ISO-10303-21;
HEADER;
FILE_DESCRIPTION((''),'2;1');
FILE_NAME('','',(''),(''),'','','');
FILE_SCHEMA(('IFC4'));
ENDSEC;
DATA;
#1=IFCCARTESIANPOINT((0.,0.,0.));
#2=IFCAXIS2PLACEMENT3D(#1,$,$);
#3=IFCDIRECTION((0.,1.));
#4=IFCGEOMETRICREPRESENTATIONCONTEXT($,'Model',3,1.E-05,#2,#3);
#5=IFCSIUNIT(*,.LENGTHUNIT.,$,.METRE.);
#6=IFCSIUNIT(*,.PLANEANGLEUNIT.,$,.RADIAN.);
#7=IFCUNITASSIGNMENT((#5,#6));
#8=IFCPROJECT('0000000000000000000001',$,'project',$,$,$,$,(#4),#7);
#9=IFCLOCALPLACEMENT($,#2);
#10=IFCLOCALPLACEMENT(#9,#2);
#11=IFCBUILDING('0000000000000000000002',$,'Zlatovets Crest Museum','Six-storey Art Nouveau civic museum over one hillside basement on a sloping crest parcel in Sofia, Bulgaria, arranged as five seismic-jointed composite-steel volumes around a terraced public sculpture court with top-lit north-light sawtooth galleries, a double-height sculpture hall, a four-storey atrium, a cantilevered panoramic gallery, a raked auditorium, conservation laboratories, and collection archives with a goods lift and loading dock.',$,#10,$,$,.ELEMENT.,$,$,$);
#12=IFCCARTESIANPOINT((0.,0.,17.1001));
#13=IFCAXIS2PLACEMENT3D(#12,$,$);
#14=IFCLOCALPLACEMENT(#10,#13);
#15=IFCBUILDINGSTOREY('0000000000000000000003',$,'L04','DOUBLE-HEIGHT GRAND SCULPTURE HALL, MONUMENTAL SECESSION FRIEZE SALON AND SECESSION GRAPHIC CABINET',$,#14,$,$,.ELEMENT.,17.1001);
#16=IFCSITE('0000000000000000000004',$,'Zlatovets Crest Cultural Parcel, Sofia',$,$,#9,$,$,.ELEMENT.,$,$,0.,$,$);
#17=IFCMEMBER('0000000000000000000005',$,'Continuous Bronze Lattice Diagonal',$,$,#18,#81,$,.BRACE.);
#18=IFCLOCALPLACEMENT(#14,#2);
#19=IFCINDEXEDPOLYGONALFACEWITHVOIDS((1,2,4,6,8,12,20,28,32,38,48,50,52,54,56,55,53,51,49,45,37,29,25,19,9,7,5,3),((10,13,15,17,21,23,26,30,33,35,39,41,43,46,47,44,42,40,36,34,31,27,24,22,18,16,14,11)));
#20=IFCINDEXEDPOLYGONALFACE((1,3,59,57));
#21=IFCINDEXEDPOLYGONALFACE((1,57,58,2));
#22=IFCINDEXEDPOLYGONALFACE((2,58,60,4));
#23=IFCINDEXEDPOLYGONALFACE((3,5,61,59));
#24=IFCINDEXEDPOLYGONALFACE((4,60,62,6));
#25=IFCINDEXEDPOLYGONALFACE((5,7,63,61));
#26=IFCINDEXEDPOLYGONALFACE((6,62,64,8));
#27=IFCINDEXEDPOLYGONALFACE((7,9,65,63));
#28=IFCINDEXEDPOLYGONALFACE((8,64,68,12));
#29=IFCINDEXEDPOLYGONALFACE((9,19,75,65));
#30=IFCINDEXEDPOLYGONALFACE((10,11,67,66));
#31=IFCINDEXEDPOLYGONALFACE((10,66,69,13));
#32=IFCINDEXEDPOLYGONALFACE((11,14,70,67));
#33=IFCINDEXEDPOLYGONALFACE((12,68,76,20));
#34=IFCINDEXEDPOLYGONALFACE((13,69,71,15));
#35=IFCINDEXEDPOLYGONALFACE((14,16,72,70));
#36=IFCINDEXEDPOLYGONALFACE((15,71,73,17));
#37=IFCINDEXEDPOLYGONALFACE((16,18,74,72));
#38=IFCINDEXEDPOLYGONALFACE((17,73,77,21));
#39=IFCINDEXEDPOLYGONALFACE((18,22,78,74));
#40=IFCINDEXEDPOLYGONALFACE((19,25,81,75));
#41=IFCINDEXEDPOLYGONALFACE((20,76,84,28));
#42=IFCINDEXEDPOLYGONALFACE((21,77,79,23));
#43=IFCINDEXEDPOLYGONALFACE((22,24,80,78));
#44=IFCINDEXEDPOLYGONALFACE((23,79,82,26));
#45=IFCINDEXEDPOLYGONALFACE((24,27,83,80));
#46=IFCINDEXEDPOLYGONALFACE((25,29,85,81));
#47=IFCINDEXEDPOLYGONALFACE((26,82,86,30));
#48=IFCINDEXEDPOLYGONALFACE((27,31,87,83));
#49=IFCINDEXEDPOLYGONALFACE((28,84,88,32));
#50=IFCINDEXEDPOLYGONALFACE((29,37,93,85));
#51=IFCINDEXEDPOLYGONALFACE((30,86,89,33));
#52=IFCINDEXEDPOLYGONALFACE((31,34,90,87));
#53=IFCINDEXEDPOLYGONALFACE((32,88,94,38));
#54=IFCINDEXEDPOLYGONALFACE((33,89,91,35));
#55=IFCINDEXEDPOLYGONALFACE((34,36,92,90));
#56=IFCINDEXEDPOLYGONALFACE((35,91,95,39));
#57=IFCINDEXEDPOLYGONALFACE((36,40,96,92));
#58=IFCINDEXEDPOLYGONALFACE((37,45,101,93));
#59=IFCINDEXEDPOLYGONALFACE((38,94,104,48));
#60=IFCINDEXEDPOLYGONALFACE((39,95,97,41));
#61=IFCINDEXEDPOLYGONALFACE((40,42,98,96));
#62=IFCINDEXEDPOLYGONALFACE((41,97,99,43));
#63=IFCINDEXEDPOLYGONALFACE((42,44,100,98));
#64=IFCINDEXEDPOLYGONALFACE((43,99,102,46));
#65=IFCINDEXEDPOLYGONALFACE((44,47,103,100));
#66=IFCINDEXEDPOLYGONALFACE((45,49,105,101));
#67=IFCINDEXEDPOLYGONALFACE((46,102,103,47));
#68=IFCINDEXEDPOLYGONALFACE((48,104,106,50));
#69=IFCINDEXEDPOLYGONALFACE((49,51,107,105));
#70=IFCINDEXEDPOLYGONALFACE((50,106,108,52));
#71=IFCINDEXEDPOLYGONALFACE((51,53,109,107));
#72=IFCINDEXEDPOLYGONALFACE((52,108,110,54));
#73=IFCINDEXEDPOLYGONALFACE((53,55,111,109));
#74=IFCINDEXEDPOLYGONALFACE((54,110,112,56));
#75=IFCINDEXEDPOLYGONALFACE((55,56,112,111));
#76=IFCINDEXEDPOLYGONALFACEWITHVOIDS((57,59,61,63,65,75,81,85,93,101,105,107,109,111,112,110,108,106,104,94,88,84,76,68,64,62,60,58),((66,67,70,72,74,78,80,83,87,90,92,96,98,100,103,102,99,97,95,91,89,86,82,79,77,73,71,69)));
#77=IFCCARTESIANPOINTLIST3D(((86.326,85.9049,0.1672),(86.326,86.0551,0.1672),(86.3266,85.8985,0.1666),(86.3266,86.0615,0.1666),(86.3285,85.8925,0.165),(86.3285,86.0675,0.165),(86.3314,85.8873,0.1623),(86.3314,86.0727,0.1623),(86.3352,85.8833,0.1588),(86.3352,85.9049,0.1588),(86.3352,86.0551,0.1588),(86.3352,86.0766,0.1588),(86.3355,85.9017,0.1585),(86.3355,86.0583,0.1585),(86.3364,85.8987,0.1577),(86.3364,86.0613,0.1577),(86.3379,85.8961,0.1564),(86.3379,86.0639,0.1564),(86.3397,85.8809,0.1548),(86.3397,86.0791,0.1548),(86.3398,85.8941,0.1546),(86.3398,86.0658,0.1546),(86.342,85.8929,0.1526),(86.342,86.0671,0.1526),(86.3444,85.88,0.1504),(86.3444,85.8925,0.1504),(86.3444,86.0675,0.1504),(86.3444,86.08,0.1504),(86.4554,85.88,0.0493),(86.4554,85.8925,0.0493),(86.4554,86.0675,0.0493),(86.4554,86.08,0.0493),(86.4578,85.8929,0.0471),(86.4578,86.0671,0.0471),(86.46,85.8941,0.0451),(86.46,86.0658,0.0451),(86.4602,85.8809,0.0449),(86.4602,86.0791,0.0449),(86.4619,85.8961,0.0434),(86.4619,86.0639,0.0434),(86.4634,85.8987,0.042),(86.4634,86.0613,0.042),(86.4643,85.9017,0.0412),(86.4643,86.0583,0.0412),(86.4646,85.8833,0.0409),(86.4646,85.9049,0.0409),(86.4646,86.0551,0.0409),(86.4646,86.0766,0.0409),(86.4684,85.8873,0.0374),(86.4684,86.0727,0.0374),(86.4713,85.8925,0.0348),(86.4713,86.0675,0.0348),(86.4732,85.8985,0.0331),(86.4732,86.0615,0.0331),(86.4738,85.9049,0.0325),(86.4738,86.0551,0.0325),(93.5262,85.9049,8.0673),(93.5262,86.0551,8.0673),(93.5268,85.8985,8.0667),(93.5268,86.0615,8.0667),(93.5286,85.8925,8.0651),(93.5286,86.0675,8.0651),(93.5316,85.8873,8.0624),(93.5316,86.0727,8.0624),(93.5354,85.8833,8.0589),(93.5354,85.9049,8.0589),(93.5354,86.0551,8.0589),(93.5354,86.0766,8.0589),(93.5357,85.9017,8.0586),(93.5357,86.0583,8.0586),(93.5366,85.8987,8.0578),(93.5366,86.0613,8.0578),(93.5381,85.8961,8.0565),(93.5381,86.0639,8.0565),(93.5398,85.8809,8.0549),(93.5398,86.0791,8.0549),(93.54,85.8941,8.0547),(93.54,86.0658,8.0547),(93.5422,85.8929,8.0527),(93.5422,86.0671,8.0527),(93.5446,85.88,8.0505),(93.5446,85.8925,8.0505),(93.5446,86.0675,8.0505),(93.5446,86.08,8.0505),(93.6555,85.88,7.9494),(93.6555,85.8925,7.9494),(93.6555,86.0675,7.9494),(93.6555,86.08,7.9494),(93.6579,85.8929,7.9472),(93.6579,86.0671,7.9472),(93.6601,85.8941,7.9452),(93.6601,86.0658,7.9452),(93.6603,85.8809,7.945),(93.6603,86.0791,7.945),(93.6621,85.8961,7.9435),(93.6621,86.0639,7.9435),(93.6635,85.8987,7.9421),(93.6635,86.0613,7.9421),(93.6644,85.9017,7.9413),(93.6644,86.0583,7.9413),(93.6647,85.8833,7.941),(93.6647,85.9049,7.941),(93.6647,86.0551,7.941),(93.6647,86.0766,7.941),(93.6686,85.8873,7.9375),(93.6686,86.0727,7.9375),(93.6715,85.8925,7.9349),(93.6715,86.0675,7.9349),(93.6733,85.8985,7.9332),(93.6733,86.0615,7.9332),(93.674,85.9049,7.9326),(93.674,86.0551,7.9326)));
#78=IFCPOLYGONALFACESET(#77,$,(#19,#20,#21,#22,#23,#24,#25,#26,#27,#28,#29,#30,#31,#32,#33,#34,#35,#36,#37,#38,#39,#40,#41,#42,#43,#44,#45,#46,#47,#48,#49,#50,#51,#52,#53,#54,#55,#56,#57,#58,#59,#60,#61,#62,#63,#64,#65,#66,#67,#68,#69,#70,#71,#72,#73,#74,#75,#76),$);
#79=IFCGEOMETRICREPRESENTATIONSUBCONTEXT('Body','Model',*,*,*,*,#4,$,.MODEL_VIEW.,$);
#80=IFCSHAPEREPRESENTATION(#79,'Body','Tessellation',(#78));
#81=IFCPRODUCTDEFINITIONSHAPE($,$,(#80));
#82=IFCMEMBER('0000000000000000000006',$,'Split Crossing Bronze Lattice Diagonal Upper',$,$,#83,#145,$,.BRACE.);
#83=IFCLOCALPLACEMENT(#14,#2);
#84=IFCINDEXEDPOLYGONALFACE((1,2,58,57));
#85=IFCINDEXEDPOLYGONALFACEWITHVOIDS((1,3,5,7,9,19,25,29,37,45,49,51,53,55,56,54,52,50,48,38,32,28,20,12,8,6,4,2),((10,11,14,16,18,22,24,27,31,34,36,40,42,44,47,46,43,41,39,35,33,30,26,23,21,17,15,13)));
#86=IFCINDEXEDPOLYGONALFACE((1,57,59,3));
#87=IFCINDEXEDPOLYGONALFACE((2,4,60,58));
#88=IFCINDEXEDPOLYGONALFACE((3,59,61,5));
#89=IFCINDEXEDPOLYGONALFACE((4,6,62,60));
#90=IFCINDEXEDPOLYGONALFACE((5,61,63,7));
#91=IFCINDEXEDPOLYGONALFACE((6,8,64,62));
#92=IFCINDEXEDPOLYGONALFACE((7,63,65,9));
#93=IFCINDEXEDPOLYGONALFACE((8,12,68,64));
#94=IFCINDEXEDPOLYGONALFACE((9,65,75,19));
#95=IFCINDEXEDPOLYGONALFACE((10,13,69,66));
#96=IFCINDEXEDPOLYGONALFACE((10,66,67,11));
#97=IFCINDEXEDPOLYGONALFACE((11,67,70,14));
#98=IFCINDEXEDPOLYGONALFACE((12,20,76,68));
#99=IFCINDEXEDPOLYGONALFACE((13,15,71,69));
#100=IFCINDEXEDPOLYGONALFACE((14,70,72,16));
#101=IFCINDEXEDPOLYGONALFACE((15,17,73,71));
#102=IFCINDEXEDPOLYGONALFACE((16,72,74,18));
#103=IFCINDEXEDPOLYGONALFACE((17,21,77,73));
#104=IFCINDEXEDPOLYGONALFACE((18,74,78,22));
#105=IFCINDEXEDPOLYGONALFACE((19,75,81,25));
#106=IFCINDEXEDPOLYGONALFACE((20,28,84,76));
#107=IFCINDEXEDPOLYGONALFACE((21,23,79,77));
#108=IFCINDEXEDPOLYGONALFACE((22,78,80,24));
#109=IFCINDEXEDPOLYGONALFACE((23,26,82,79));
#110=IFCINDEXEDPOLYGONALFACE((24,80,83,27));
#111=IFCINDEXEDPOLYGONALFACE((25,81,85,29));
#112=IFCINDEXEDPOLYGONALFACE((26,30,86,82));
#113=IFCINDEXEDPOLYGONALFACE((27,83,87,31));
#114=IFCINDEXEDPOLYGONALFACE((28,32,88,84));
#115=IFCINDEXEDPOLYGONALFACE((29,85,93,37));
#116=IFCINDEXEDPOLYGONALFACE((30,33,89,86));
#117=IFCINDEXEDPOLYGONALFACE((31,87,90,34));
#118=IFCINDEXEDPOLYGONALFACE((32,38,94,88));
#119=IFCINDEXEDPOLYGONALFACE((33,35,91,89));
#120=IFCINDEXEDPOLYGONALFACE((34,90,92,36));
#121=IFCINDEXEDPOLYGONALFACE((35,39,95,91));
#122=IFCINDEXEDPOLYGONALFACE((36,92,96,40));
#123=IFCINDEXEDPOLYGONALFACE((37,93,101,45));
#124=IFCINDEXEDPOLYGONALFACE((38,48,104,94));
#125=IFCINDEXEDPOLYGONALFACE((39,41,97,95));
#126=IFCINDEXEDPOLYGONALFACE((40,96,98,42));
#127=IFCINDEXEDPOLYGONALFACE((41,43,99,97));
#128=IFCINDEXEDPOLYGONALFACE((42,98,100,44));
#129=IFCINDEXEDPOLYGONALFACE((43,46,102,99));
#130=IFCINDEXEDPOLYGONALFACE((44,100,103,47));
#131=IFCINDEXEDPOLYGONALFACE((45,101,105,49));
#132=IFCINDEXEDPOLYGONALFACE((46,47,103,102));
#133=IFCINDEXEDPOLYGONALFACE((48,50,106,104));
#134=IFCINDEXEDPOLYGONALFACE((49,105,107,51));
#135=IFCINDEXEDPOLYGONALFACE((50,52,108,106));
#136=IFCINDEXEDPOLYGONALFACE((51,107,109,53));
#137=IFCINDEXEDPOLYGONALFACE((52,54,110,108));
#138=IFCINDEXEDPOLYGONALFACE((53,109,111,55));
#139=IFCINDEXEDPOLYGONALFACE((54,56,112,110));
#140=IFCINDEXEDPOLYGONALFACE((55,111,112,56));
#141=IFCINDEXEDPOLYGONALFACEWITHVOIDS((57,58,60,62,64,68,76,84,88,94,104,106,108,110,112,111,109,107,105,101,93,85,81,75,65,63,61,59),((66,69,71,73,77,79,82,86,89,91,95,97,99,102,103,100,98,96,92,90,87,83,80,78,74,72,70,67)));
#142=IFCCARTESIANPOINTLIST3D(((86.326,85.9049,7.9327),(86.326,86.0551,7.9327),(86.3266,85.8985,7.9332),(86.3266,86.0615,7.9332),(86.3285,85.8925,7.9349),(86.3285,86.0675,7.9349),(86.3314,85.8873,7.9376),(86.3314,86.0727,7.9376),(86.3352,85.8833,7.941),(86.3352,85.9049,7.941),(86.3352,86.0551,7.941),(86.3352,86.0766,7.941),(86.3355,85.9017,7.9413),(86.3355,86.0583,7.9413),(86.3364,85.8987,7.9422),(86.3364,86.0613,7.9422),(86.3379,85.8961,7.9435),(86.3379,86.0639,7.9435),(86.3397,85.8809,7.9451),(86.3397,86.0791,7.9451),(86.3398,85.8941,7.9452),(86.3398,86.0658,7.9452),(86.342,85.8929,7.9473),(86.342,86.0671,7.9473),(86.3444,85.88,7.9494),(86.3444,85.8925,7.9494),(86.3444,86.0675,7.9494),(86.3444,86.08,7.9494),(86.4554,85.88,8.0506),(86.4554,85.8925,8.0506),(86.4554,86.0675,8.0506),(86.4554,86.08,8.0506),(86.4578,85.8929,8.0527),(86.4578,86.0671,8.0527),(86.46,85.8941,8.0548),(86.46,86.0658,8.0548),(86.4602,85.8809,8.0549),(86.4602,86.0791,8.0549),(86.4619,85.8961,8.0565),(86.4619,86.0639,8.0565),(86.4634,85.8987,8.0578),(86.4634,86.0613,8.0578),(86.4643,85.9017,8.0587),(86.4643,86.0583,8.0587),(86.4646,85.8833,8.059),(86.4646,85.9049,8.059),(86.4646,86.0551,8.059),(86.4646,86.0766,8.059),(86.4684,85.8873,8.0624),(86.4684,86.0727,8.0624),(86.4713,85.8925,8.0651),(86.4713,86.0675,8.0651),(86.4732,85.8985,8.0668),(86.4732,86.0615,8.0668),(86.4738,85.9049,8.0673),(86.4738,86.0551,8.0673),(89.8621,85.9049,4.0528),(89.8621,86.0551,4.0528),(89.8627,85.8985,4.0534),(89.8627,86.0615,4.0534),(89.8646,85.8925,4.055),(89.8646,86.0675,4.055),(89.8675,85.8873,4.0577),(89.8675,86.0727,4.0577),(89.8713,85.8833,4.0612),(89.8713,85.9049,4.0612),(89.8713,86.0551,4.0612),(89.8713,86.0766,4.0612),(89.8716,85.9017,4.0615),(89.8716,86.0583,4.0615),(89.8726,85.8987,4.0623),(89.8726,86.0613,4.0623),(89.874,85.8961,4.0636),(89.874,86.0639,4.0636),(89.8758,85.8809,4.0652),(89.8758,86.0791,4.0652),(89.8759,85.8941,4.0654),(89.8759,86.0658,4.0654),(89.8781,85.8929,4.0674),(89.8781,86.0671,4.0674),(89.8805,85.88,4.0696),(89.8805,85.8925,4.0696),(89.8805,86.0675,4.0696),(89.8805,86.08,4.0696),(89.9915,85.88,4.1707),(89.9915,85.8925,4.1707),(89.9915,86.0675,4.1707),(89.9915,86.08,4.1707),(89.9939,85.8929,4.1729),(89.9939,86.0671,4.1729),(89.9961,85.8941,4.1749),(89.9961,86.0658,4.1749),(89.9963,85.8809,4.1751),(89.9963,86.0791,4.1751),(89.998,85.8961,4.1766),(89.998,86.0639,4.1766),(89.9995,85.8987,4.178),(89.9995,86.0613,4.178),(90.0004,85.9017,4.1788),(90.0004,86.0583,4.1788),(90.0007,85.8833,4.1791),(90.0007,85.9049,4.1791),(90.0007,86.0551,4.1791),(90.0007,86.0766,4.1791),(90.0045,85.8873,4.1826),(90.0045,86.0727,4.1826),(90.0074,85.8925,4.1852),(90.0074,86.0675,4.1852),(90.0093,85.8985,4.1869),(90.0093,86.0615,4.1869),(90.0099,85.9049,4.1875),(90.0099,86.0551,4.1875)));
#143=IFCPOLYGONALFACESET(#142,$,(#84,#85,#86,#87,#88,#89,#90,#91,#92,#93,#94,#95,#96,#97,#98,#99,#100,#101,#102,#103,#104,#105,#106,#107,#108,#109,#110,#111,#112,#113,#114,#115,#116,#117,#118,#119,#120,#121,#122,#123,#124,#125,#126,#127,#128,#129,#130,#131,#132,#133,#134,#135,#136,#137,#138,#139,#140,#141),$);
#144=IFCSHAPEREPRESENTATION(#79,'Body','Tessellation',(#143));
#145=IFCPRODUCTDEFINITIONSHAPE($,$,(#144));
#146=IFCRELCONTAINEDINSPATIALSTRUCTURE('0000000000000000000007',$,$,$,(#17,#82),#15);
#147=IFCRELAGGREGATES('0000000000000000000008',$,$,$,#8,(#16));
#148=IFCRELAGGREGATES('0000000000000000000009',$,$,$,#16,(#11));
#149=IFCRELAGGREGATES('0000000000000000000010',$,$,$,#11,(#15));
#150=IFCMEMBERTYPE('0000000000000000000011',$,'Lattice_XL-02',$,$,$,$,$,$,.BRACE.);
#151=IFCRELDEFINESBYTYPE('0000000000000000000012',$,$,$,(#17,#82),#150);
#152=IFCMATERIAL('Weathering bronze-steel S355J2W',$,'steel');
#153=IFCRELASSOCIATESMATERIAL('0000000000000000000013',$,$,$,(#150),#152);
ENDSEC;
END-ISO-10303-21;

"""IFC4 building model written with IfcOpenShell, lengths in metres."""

from ifc_helpers import new_model, si_unit, direction, frame, origin, origin_2d, place, context, subcontext, project, spatial, hollow_rectangle, extrude, material, material_profile, profile_set, type_object, element, save


model = new_model("IFC4")

# Units and contexts
model_context = context("Model", 3, precision=1e-05, world=origin(), true_north=direction((0.0, 1.0)))
body_context = subcontext(model_context, "Body", "Model", "MODEL_VIEW")
ifc_project = project(units=[si_unit("LENGTHUNIT", "METRE"), si_unit("PLANEANGLEUNIT", "RADIAN")], contexts=[model_context])

# Site, building, storey
site_placement = place(None, origin())
site = spatial("IfcSite", under=ifc_project, at=site_placement, Name="Zlatovets Crest Cultural Parcel, Sofia", CompositionType="ELEMENT", RefElevation=0.0)
building_placement = place(site_placement, origin())
building = spatial("IfcBuilding", under=site, at=building_placement, Name="Zlatovets Crest Museum", Description="Six-storey Art Nouveau civic museum over one hillside basement on a sloping crest parcel in Sofia, Bulgaria, arranged as five seismic-jointed composite-steel volumes around a terraced public sculpture court with top-lit north-light sawtooth galleries, a double-height sculpture hall, a four-storey atrium, a cantilevered panoramic gallery, a raked auditorium, conservation laboratories, and collection archives with a goods lift and loading dock.", CompositionType="ELEMENT")
storey_placement = place(building_placement, frame((0.0, 0.0, 17.1001)))
storey = spatial("IfcBuildingStorey", under=building, at=storey_placement, Name="L04", Description="DOUBLE-HEIGHT GRAND SCULPTURE HALL, MONUMENTAL SECESSION FRIEZE SALON AND SECESSION GRAPHIC CABINET", CompositionType="ELEMENT", Elevation=17.1001)

# Members
ifc_material_1 = material(Name="Weathering bronze-steel S355J2W", Category="steel")
ifc_material_profile_1 = material_profile(ifc_material_1, hollow_rectangle(XDim=0.2, YDim=0.2, WallThickness=0.0125, InnerFilletRadius=0.0125, OuterFilletRadius=0.0249, at=origin_2d()), Name="SHS 200x200x12.5")
ifc_profile_set_1 = profile_set([ifc_material_profile_1], Name="Weathering bronze-steel S355J2W")
member_type_1 = type_object("IfcMemberType", Name="Lattice_XL-02", PredefinedType="BRACE", material=ifc_profile_set_1)
member_1_placement = place(storey_placement, frame((86.3999, 85.98, 0.0999), z_axis=(0.673607, 0.0, 0.73909), x_axis=(0.0, 1.0, 0.0)))
element("IfcMember", 1, at=member_1_placement, inside=storey, type_object=member_type_1, Name="Continuous Bronze Lattice Diagonal", PredefinedType="BRACE", context=body_context, shape_type="SweptSolid", body=[
    extrude(hollow_rectangle(XDim=0.2, YDim=0.2, WallThickness=0.0125, InnerFilletRadius=0.0125, OuterFilletRadius=0.0249, at=origin_2d()), origin(), (0.0, 0.0, 1.0), 10.689),
])
member_2_placement = place(storey_placement, frame((86.3999, 85.98, 8.0), z_axis=(0.673607, 0.0, -0.739089), x_axis=(0.0, 1.0, 0.0)))
element("IfcMember", 2, at=member_2_placement, inside=storey, type_object=member_type_1, Name="Split Crossing Bronze Lattice Diagonal Upper", PredefinedType="BRACE", context=body_context, shape_type="SweptSolid", body=[
    extrude(hollow_rectangle(XDim=0.2, YDim=0.2, WallThickness=0.0125, InnerFilletRadius=0.0125, OuterFilletRadius=0.0249, at=origin_2d()), origin(), (0.0, 0.0, 1.0), 5.2495),
])

save(model, "model.ifc")
